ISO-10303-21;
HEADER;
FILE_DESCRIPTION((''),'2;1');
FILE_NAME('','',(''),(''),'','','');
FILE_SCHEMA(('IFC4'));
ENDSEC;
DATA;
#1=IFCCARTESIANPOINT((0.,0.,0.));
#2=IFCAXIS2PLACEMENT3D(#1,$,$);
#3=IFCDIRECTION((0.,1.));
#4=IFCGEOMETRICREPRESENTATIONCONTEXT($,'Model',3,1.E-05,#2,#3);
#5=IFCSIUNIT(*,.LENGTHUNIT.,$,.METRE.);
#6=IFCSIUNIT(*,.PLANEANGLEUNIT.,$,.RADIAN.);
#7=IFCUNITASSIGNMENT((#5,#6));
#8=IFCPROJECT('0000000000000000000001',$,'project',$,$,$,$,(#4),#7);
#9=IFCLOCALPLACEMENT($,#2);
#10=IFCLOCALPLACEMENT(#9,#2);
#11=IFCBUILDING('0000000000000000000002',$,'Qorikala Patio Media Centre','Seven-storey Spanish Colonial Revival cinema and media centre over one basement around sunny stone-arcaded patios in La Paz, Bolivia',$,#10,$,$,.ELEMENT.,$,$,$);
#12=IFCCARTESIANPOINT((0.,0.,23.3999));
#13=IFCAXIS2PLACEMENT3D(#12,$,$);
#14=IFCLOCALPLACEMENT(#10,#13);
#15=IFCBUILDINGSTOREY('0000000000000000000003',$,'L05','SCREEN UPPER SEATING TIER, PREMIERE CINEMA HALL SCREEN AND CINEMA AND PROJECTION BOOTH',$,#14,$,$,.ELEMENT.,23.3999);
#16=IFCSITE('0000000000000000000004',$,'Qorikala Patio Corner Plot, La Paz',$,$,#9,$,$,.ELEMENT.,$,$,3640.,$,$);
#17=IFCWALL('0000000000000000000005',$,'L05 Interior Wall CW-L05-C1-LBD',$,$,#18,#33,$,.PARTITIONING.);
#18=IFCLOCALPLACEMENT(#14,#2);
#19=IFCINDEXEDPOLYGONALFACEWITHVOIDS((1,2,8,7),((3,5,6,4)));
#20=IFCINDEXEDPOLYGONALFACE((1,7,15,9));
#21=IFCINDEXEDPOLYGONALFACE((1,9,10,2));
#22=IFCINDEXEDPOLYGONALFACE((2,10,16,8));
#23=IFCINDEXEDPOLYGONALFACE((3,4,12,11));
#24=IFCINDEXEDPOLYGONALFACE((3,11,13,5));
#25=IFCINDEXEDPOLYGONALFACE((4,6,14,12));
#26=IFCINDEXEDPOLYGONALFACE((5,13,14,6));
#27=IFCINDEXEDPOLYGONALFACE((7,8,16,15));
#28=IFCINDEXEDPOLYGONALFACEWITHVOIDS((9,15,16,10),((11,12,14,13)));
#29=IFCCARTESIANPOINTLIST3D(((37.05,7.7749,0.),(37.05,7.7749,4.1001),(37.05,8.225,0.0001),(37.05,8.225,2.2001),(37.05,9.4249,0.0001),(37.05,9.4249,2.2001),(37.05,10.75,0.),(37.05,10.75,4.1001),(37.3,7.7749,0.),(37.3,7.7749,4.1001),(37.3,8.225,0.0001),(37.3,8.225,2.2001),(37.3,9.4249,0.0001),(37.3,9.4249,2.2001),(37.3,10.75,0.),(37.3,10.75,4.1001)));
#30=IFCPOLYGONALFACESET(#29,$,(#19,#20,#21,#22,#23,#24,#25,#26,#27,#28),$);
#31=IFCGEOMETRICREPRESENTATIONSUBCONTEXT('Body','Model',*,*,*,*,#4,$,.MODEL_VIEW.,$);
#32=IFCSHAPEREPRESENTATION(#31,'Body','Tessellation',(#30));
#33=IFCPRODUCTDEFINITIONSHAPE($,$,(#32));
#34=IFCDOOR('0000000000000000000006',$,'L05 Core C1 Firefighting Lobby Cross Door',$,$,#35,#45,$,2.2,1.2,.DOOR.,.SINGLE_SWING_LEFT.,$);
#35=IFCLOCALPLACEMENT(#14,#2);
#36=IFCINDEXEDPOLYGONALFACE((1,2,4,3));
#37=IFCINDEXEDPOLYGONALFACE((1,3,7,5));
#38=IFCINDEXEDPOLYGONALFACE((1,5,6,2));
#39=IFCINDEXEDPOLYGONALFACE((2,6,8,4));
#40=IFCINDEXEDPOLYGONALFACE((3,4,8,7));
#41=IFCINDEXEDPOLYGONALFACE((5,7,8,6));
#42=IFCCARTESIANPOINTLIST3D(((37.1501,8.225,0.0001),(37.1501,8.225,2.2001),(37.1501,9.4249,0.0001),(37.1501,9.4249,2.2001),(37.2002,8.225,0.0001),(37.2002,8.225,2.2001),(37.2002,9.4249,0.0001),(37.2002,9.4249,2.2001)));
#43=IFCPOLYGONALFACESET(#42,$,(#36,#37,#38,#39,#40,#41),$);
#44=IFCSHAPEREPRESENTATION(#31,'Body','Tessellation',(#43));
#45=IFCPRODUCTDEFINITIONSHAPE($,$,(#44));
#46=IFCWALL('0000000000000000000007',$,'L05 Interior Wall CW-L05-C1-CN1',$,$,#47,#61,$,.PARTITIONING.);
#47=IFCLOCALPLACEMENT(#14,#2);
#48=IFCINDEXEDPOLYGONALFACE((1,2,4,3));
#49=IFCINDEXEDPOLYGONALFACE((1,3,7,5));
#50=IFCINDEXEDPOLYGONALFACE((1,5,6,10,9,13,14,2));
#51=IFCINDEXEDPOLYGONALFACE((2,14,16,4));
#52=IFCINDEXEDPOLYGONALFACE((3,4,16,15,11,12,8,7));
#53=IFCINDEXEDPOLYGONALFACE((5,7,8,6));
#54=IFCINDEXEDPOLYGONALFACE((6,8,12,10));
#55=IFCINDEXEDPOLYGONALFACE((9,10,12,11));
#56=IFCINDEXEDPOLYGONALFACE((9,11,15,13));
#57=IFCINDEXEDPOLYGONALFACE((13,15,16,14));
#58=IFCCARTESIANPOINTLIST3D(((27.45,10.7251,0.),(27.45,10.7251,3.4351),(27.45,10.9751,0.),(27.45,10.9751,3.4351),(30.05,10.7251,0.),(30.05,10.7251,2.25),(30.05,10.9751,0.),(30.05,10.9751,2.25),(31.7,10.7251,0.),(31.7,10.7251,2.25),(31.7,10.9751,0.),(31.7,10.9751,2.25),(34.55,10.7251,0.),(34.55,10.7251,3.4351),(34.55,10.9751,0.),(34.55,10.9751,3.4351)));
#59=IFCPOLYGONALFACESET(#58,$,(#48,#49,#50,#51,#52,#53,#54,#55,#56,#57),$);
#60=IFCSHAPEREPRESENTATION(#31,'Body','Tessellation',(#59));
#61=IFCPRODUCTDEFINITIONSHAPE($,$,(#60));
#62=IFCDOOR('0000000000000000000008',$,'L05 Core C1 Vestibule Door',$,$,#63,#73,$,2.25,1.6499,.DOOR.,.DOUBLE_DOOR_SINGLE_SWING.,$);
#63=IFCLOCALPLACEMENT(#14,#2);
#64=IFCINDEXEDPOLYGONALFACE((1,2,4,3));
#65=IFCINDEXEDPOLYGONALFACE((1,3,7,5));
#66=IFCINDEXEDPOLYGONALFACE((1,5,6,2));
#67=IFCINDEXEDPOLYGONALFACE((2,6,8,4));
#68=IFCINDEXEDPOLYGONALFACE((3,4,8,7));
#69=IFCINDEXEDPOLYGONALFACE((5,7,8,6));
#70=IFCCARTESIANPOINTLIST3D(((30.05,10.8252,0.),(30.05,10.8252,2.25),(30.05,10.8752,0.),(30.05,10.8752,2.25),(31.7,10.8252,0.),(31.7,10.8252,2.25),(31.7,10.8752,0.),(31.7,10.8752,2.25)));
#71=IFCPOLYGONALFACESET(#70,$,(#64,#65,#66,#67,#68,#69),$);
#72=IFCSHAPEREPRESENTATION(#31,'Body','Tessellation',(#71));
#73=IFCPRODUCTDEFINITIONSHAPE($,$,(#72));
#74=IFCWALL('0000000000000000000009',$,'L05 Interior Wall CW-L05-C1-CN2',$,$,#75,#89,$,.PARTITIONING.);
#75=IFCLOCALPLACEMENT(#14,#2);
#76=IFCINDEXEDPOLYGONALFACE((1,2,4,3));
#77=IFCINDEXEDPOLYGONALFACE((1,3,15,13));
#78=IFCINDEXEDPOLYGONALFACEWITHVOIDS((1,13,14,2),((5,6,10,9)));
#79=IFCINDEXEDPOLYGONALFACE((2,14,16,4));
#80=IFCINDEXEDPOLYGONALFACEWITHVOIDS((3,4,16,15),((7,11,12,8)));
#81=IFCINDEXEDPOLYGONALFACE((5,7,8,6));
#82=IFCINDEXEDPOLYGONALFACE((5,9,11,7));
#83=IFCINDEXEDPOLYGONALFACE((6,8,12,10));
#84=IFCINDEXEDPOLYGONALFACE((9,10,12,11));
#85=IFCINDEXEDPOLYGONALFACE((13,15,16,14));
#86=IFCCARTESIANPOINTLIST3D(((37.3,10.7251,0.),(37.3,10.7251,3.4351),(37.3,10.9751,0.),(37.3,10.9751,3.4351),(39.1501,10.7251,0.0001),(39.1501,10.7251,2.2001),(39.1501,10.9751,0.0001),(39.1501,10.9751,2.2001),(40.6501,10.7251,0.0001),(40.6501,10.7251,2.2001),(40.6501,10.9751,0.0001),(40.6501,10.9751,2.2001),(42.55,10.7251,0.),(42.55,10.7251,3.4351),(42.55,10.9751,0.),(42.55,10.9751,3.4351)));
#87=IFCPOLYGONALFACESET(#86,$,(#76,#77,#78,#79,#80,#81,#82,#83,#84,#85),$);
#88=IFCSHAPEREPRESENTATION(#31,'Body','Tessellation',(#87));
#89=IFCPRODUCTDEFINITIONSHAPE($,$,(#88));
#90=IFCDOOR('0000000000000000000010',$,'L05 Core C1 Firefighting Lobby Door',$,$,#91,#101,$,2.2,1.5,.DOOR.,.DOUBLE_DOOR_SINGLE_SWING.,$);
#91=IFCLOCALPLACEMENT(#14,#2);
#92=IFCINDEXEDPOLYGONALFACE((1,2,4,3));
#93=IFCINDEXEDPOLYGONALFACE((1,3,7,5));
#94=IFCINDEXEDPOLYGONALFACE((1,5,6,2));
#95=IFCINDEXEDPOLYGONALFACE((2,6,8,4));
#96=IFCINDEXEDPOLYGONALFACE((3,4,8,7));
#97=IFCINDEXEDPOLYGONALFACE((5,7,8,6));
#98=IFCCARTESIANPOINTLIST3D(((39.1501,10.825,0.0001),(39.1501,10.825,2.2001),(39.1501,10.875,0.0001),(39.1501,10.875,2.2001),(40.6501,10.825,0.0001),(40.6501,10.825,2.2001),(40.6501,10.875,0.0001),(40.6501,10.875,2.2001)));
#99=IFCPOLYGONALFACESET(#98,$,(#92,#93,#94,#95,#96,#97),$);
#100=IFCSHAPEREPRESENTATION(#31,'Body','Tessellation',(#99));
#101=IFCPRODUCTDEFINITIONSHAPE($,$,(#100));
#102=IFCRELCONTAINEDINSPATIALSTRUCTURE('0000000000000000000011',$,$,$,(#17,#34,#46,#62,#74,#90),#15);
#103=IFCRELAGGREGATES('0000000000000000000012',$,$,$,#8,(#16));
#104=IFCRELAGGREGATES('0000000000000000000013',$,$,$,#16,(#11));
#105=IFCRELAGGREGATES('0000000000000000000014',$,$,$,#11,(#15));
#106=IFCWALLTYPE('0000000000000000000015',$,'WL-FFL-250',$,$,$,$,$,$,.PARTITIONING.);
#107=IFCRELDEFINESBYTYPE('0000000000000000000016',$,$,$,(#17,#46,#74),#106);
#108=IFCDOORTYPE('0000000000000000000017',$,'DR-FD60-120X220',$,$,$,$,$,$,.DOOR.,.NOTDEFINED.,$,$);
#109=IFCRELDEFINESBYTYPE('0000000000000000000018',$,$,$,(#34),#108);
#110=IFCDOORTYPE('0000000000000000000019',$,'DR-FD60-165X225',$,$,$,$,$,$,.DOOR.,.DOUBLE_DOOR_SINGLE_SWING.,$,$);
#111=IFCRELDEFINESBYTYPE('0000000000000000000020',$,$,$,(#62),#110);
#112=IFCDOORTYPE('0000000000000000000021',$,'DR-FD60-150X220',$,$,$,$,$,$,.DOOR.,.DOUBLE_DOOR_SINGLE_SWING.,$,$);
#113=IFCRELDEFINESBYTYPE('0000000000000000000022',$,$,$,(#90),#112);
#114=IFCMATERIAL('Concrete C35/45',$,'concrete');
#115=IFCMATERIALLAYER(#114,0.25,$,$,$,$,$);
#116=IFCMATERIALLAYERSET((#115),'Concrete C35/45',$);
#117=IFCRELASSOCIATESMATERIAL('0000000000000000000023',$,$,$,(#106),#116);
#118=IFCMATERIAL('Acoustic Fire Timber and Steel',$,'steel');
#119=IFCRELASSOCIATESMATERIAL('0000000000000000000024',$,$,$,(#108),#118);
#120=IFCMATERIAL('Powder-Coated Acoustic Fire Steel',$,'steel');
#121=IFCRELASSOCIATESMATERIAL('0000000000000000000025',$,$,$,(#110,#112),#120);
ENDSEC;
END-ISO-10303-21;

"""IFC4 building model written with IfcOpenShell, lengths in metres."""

from ifc_helpers import new_model, si_unit, direction, frame, frame_2d, origin, place, context, subcontext, project, spatial, rectangle, extrude, material, layer, layer_set, type_object, element, fill, save


model = new_model("IFC4")

# Units and contexts
model_context = context("Model", 3, precision=1e-05, world=origin(), true_north=direction((0.0, 1.0)))
body_context = subcontext(model_context, "Body", "Model", "MODEL_VIEW")
ifc_project = project(units=[si_unit("LENGTHUNIT", "METRE"), si_unit("PLANEANGLEUNIT", "RADIAN")], contexts=[model_context])

# Site, building, storey
site_placement = place(None, origin())
site = spatial("IfcSite", under=ifc_project, at=site_placement, Name="Qorikala Patio Corner Plot, La Paz", CompositionType="ELEMENT", RefElevation=3640.0)
building_placement = place(site_placement, origin())
building = spatial("IfcBuilding", under=site, at=building_placement, Name="Qorikala Patio Media Centre", Description="Seven-storey Spanish Colonial Revival cinema and media centre over one basement around sunny stone-arcaded patios in La Paz, Bolivia", CompositionType="ELEMENT")
storey_placement = place(building_placement, frame((0.0, 0.0, 23.3999)))
storey = spatial("IfcBuildingStorey", under=building, at=storey_placement, Name="L05", Description="SCREEN UPPER SEATING TIER, PREMIERE CINEMA HALL SCREEN AND CINEMA AND PROJECTION BOOTH", CompositionType="ELEMENT", Elevation=23.3999)

# Shared definitions
ifc_material_1 = material(Name="Concrete C35/45", Category="concrete")

# Walls, openings, doors
ifc_material_2 = material(Name="Powder-Coated Acoustic Fire Steel", Category="steel")
ifc_layer_1 = layer(ifc_material_1, 0.25)
ifc_layer_set_1 = layer_set([ifc_layer_1], Name="Concrete C35/45")
wall_type_1 = type_object("IfcWallType", Name="WL-FFL-250", PredefinedType="PARTITIONING", material=ifc_layer_set_1)
wall_1_placement = place(storey_placement, frame((37.175, 7.7749, 0.0), z_axis=(0.0, 0.0, 1.0), x_axis=(0.0, 1.0, 0.0)))
wall_1 = element("IfcWall", 1, at=wall_1_placement, inside=storey, type_object=wall_type_1, Name="L05 Interior Wall CW-L05-C1-LBD", PredefinedType="PARTITIONING", context=body_context, shape_type="SweptSolid", body=[
    extrude(rectangle(XDim=2.9751, YDim=0.25, at=frame_2d((1.4875, 0.0))), origin(), (0.0, 0.0, 1.0), 4.1001),
])
opening_1_placement = place(wall_1_placement, frame((0.45, 0.0, 0.0)))
opening_1 = element("IfcOpeningElement", 2, at=opening_1_placement, cuts=wall_1, PredefinedType="OPENING", context=body_context, shape_type="SweptSolid", body=[
    extrude(rectangle(XDim=1.2, YDim=2.2, at=frame_2d((0.6001, 1.1001))), frame((0.0, 0.135, 0.0), z_axis=(0.0, -1.0, 0.0), x_axis=(1.0, 0.0, 0.0)), (0.0, 0.0, 1.0), 0.27),
])
ifc_material_3 = material(Name="Acoustic Fire Timber and Steel", Category="steel")
door_type_1 = type_object("IfcDoorType", Name="DR-FD60-120X220", OperationType="NOTDEFINED", PredefinedType="DOOR", material=ifc_material_3)
door_1_placement = place(opening_1_placement, origin())
door_1 = element("IfcDoor", 3, at=door_1_placement, inside=storey, type_object=door_type_1, Name="L05 Core C1 Firefighting Lobby Cross Door", OperationType="SINGLE_SWING_LEFT", OverallHeight=2.2, OverallWidth=1.2, PredefinedType="DOOR", context=body_context, shape_type="SweptSolid", body=[
    extrude(rectangle(XDim=1.2, YDim=2.2, at=frame_2d((0.6001, 1.1001))), frame((0.0, 0.0249, 0.0), z_axis=(0.0, -1.0, 0.0), x_axis=(1.0, 0.0, 0.0)), (0.0, 0.0, 1.0), 0.05),
])
fill(opening_1, door_1)
wall_2_placement = place(storey_placement, frame((27.45, 10.8501, 0.0), z_axis=(0.0, 0.0, 1.0), x_axis=(1.0, 0.0, 0.0)))
wall_2 = element("IfcWall", 4, at=wall_2_placement, inside=storey, type_object=wall_type_1, Name="L05 Interior Wall CW-L05-C1-CN1", PredefinedType="PARTITIONING", context=body_context, shape_type="SweptSolid", body=[
    extrude(rectangle(XDim=7.1001, YDim=0.25, at=frame_2d((3.55, 0.0))), origin(), (0.0, 0.0, 1.0), 3.4351),
])
opening_2_placement = place(wall_2_placement, frame((2.6001, 0.0, 0.0)))
opening_2 = element("IfcOpeningElement", 5, at=opening_2_placement, cuts=wall_2, PredefinedType="OPENING", context=body_context, shape_type="SweptSolid", body=[
    extrude(rectangle(XDim=1.6499, YDim=2.25, at=frame_2d((0.825, 1.125))), frame((0.0, 0.135, 0.0), z_axis=(0.0, -1.0, 0.0), x_axis=(1.0, 0.0, 0.0)), (0.0, 0.0, 1.0), 0.27),
])
door_type_2 = type_object("IfcDoorType", Name="DR-FD60-165X225", OperationType="DOUBLE_DOOR_SINGLE_SWING", PredefinedType="DOOR", material=ifc_material_2)
door_2_placement = place(opening_2_placement, frame((1.6499, 0.0, 0.0), z_axis=(0.0, 0.0, 1.0), x_axis=(-1.0, 0.0, 0.0)))
door_2 = element("IfcDoor", 6, at=door_2_placement, inside=storey, type_object=door_type_2, Name="L05 Core C1 Vestibule Door", OperationType="DOUBLE_DOOR_SINGLE_SWING", OverallHeight=2.25, OverallWidth=1.6499, PredefinedType="DOOR", context=body_context, shape_type="SweptSolid", body=[
    extrude(rectangle(XDim=1.6499, YDim=2.25, at=frame_2d((0.825, 1.125))), frame((0.0, 0.0249, 0.0), z_axis=(0.0, -1.0, 0.0), x_axis=(1.0, 0.0, 0.0)), (0.0, 0.0, 1.0), 0.05),
])
fill(opening_2, door_2)
wall_3_placement = place(storey_placement, frame((37.3, 10.8501, 0.0), z_axis=(0.0, 0.0, 1.0), x_axis=(1.0, 0.0, 0.0)))
wall_3 = element("IfcWall", 7, at=wall_3_placement, inside=storey, type_object=wall_type_1, Name="L05 Interior Wall CW-L05-C1-CN2", PredefinedType="PARTITIONING", context=body_context, shape_type="SweptSolid", body=[
    extrude(rectangle(XDim=5.25, YDim=0.25, at=frame_2d((2.625, 0.0))), origin(), (0.0, 0.0, 1.0), 3.4351),
])
opening_3_placement = place(wall_3_placement, frame((1.8501, 0.0, 0.0)))
opening_3 = element("IfcOpeningElement", 8, at=opening_3_placement, cuts=wall_3, PredefinedType="OPENING", context=body_context, shape_type="SweptSolid", body=[
    extrude(rectangle(XDim=1.5, YDim=2.2, at=frame_2d((0.75, 1.1001))), frame((0.0, 0.135, 0.0), z_axis=(0.0, -1.0, 0.0), x_axis=(1.0, 0.0, 0.0)), (0.0, 0.0, 1.0), 0.27),
])
door_type_3 = type_object("IfcDoorType", Name="DR-FD60-150X220", OperationType="DOUBLE_DOOR_SINGLE_SWING", PredefinedType="DOOR", material=ifc_material_2)
door_3_placement = place(opening_3_placement, origin())
door_3 = element("IfcDoor", 9, at=door_3_placement, inside=storey, type_object=door_type_3, Name="L05 Core C1 Firefighting Lobby Door", OperationType="DOUBLE_DOOR_SINGLE_SWING", OverallHeight=2.2, OverallWidth=1.5, PredefinedType="DOOR", context=body_context, shape_type="SweptSolid", body=[
    extrude(rectangle(XDim=1.5, YDim=2.2, at=frame_2d((0.75, 1.1001))), frame((0.0, 0.0249, 0.0), z_axis=(0.0, -1.0, 0.0), x_axis=(1.0, 0.0, 0.0)), (0.0, 0.0, 1.0), 0.05),
])
fill(opening_3, door_3)

save(model, "model.ifc")
